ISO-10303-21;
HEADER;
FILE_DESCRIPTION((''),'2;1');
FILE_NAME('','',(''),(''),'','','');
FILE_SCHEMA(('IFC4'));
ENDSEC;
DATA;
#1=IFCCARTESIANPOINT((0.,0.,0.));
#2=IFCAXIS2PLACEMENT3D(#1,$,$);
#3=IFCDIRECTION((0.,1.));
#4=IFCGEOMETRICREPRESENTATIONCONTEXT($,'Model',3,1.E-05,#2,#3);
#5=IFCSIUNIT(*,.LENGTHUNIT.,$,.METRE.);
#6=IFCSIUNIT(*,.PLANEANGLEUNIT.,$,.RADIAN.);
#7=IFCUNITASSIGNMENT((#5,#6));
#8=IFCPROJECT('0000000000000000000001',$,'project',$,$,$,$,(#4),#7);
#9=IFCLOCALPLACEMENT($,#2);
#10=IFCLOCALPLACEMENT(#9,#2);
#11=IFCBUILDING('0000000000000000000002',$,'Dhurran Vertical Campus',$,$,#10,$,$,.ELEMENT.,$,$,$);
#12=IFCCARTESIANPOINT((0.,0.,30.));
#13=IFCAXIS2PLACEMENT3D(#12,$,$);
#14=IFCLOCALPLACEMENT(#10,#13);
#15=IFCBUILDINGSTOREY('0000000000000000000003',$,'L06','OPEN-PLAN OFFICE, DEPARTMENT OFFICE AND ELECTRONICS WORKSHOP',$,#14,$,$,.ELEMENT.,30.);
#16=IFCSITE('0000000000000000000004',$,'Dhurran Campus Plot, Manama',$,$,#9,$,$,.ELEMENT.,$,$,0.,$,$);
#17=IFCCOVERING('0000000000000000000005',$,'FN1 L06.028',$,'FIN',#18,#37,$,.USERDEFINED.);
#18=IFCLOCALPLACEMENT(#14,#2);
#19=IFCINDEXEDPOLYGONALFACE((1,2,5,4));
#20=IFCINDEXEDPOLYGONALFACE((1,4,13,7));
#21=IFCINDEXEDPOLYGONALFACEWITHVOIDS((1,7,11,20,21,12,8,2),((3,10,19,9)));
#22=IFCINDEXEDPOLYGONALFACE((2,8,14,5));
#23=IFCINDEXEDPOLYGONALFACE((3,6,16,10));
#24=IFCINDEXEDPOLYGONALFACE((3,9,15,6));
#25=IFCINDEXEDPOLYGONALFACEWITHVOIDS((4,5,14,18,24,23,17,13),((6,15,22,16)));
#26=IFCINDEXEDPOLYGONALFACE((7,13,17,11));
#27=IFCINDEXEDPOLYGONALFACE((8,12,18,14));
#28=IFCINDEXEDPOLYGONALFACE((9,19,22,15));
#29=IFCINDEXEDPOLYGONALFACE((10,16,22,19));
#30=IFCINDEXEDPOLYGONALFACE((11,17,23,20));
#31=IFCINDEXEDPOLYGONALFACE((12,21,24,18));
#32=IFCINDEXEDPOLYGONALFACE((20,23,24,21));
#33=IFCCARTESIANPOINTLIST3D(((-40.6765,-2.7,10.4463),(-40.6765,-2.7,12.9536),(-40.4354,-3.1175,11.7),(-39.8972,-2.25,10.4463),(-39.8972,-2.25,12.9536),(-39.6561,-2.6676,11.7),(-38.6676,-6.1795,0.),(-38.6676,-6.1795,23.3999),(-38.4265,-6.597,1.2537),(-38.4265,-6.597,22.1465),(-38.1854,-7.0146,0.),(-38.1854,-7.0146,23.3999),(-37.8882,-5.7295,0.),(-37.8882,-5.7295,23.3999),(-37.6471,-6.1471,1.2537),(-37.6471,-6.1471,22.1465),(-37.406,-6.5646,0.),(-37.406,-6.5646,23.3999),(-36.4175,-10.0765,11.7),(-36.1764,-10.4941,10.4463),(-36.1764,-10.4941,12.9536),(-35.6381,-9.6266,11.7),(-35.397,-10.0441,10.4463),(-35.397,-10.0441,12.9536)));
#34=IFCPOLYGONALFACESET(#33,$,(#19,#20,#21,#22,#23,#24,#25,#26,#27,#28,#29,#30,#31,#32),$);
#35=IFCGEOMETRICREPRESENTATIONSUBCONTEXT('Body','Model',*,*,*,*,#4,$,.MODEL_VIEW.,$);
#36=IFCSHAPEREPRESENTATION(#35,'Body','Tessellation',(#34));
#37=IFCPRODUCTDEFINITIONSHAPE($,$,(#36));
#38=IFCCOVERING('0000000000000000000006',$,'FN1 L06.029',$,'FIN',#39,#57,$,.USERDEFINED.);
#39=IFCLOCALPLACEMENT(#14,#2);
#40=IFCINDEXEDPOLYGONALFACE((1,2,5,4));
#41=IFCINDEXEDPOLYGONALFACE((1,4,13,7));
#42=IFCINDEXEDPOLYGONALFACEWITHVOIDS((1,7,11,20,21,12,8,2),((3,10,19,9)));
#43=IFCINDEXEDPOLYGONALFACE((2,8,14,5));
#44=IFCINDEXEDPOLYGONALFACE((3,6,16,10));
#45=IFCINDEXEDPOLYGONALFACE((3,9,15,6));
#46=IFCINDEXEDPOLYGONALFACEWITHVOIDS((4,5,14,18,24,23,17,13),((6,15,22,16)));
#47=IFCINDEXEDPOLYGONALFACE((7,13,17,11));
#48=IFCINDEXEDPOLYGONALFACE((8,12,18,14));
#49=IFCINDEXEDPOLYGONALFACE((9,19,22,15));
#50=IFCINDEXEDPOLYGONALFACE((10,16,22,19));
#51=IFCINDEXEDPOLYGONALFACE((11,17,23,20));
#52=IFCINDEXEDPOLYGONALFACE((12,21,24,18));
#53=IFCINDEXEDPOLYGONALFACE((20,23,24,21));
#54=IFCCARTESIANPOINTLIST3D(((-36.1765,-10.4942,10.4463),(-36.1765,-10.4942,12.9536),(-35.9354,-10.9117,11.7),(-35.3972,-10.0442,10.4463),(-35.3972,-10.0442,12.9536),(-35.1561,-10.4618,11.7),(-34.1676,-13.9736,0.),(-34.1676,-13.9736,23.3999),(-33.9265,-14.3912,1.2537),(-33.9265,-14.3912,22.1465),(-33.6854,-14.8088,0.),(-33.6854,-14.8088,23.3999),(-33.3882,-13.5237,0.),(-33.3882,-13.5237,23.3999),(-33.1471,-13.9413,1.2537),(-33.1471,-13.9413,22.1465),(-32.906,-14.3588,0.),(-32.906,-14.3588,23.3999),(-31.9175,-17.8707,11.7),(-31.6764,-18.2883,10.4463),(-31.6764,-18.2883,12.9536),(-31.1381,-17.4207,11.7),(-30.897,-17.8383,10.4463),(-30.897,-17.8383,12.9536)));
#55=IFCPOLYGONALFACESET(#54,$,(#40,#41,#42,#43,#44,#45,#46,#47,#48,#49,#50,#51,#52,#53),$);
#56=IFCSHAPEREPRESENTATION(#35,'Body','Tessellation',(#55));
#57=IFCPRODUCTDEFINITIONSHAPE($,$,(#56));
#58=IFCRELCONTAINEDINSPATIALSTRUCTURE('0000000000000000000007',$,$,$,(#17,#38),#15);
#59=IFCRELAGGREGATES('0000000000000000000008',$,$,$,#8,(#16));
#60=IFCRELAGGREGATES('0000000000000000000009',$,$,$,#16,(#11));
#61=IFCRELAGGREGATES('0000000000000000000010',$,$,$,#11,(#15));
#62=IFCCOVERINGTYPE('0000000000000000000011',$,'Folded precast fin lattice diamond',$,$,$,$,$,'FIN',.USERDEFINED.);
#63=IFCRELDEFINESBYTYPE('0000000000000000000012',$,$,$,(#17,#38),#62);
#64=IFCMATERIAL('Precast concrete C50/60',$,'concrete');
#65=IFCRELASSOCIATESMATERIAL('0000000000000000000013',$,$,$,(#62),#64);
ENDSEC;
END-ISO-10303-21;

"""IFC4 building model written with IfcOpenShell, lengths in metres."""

from ifc_helpers import new_model, si_unit, direction, frame, origin, place, context, subcontext, project, spatial, polyline, outline, extrude, material, type_object, element, save


model = new_model("IFC4")

# Units and contexts
model_context = context("Model", 3, precision=1e-05, world=origin(), true_north=direction((0.0, 1.0)))
body_context = subcontext(model_context, "Body", "Model", "MODEL_VIEW")
ifc_project = project(units=[si_unit("LENGTHUNIT", "METRE"), si_unit("PLANEANGLEUNIT", "RADIAN")], contexts=[model_context])

# Site, building, storey
site_placement = place(None, origin())
site = spatial("IfcSite", under=ifc_project, at=site_placement, Name="Dhurran Campus Plot, Manama", CompositionType="ELEMENT", RefElevation=0.0)
building_placement = place(site_placement, origin())
building = spatial("IfcBuilding", under=site, at=building_placement, Name="Dhurran Vertical Campus", CompositionType="ELEMENT")
storey_placement = place(building_placement, frame((0.0, 0.0, 30.0)))
storey = spatial("IfcBuildingStorey", under=building, at=storey_placement, Name="L06", Description="OPEN-PLAN OFFICE, DEPARTMENT OFFICE AND ELECTRONICS WORKSHOP", CompositionType="ELEMENT", Elevation=30.0)

# Coverings
ifc_material_1 = material(Name="Precast concrete C50/60", Category="concrete")
covering_type = type_object("IfcCoveringType", Name="Folded precast fin lattice diamond", ElementType="FIN", PredefinedType="USERDEFINED", material=ifc_material_1)
for number, where, z_axis, x_axis, name in (
    (1, (-39.8972, -2.25, 0.0), (-0.866014, -0.50002, 0.0), (0.50002, -0.866014, 0.0), "FN1 L06.028"),
    (2, (-35.3972, -10.0442, 0.0), (-0.866014, -0.50002, 0.0), (0.50002, -0.866014, 0.0), "FN1 L06.029"),
):
    element("IfcCovering", number, at=place(storey_placement, frame(where, z_axis=z_axis, x_axis=x_axis)), inside=storey, type_object=covering_type, Name=name, ObjectType="FIN", PredefinedType="USERDEFINED", context=body_context, shape_type="SweptSolid", body=[
        extrude(outline(polyline([(9.0, 12.9536), (9.0, 10.4463), (4.9822, 0.0), (4.0178, 0.0), (0.0, 10.4463), (0.0, 12.9536), (4.0178, 23.3999), (4.9822, 23.3999), (9.0, 12.9536)]), holes=[polyline([(8.5178, 11.7), (4.5, 22.1465), (0.4822, 11.7), (4.5, 1.2537), (8.5178, 11.7)])]), origin(), (0.0, 0.0, 1.0), 0.8999),
    ])

save(model, "model.ifc")
